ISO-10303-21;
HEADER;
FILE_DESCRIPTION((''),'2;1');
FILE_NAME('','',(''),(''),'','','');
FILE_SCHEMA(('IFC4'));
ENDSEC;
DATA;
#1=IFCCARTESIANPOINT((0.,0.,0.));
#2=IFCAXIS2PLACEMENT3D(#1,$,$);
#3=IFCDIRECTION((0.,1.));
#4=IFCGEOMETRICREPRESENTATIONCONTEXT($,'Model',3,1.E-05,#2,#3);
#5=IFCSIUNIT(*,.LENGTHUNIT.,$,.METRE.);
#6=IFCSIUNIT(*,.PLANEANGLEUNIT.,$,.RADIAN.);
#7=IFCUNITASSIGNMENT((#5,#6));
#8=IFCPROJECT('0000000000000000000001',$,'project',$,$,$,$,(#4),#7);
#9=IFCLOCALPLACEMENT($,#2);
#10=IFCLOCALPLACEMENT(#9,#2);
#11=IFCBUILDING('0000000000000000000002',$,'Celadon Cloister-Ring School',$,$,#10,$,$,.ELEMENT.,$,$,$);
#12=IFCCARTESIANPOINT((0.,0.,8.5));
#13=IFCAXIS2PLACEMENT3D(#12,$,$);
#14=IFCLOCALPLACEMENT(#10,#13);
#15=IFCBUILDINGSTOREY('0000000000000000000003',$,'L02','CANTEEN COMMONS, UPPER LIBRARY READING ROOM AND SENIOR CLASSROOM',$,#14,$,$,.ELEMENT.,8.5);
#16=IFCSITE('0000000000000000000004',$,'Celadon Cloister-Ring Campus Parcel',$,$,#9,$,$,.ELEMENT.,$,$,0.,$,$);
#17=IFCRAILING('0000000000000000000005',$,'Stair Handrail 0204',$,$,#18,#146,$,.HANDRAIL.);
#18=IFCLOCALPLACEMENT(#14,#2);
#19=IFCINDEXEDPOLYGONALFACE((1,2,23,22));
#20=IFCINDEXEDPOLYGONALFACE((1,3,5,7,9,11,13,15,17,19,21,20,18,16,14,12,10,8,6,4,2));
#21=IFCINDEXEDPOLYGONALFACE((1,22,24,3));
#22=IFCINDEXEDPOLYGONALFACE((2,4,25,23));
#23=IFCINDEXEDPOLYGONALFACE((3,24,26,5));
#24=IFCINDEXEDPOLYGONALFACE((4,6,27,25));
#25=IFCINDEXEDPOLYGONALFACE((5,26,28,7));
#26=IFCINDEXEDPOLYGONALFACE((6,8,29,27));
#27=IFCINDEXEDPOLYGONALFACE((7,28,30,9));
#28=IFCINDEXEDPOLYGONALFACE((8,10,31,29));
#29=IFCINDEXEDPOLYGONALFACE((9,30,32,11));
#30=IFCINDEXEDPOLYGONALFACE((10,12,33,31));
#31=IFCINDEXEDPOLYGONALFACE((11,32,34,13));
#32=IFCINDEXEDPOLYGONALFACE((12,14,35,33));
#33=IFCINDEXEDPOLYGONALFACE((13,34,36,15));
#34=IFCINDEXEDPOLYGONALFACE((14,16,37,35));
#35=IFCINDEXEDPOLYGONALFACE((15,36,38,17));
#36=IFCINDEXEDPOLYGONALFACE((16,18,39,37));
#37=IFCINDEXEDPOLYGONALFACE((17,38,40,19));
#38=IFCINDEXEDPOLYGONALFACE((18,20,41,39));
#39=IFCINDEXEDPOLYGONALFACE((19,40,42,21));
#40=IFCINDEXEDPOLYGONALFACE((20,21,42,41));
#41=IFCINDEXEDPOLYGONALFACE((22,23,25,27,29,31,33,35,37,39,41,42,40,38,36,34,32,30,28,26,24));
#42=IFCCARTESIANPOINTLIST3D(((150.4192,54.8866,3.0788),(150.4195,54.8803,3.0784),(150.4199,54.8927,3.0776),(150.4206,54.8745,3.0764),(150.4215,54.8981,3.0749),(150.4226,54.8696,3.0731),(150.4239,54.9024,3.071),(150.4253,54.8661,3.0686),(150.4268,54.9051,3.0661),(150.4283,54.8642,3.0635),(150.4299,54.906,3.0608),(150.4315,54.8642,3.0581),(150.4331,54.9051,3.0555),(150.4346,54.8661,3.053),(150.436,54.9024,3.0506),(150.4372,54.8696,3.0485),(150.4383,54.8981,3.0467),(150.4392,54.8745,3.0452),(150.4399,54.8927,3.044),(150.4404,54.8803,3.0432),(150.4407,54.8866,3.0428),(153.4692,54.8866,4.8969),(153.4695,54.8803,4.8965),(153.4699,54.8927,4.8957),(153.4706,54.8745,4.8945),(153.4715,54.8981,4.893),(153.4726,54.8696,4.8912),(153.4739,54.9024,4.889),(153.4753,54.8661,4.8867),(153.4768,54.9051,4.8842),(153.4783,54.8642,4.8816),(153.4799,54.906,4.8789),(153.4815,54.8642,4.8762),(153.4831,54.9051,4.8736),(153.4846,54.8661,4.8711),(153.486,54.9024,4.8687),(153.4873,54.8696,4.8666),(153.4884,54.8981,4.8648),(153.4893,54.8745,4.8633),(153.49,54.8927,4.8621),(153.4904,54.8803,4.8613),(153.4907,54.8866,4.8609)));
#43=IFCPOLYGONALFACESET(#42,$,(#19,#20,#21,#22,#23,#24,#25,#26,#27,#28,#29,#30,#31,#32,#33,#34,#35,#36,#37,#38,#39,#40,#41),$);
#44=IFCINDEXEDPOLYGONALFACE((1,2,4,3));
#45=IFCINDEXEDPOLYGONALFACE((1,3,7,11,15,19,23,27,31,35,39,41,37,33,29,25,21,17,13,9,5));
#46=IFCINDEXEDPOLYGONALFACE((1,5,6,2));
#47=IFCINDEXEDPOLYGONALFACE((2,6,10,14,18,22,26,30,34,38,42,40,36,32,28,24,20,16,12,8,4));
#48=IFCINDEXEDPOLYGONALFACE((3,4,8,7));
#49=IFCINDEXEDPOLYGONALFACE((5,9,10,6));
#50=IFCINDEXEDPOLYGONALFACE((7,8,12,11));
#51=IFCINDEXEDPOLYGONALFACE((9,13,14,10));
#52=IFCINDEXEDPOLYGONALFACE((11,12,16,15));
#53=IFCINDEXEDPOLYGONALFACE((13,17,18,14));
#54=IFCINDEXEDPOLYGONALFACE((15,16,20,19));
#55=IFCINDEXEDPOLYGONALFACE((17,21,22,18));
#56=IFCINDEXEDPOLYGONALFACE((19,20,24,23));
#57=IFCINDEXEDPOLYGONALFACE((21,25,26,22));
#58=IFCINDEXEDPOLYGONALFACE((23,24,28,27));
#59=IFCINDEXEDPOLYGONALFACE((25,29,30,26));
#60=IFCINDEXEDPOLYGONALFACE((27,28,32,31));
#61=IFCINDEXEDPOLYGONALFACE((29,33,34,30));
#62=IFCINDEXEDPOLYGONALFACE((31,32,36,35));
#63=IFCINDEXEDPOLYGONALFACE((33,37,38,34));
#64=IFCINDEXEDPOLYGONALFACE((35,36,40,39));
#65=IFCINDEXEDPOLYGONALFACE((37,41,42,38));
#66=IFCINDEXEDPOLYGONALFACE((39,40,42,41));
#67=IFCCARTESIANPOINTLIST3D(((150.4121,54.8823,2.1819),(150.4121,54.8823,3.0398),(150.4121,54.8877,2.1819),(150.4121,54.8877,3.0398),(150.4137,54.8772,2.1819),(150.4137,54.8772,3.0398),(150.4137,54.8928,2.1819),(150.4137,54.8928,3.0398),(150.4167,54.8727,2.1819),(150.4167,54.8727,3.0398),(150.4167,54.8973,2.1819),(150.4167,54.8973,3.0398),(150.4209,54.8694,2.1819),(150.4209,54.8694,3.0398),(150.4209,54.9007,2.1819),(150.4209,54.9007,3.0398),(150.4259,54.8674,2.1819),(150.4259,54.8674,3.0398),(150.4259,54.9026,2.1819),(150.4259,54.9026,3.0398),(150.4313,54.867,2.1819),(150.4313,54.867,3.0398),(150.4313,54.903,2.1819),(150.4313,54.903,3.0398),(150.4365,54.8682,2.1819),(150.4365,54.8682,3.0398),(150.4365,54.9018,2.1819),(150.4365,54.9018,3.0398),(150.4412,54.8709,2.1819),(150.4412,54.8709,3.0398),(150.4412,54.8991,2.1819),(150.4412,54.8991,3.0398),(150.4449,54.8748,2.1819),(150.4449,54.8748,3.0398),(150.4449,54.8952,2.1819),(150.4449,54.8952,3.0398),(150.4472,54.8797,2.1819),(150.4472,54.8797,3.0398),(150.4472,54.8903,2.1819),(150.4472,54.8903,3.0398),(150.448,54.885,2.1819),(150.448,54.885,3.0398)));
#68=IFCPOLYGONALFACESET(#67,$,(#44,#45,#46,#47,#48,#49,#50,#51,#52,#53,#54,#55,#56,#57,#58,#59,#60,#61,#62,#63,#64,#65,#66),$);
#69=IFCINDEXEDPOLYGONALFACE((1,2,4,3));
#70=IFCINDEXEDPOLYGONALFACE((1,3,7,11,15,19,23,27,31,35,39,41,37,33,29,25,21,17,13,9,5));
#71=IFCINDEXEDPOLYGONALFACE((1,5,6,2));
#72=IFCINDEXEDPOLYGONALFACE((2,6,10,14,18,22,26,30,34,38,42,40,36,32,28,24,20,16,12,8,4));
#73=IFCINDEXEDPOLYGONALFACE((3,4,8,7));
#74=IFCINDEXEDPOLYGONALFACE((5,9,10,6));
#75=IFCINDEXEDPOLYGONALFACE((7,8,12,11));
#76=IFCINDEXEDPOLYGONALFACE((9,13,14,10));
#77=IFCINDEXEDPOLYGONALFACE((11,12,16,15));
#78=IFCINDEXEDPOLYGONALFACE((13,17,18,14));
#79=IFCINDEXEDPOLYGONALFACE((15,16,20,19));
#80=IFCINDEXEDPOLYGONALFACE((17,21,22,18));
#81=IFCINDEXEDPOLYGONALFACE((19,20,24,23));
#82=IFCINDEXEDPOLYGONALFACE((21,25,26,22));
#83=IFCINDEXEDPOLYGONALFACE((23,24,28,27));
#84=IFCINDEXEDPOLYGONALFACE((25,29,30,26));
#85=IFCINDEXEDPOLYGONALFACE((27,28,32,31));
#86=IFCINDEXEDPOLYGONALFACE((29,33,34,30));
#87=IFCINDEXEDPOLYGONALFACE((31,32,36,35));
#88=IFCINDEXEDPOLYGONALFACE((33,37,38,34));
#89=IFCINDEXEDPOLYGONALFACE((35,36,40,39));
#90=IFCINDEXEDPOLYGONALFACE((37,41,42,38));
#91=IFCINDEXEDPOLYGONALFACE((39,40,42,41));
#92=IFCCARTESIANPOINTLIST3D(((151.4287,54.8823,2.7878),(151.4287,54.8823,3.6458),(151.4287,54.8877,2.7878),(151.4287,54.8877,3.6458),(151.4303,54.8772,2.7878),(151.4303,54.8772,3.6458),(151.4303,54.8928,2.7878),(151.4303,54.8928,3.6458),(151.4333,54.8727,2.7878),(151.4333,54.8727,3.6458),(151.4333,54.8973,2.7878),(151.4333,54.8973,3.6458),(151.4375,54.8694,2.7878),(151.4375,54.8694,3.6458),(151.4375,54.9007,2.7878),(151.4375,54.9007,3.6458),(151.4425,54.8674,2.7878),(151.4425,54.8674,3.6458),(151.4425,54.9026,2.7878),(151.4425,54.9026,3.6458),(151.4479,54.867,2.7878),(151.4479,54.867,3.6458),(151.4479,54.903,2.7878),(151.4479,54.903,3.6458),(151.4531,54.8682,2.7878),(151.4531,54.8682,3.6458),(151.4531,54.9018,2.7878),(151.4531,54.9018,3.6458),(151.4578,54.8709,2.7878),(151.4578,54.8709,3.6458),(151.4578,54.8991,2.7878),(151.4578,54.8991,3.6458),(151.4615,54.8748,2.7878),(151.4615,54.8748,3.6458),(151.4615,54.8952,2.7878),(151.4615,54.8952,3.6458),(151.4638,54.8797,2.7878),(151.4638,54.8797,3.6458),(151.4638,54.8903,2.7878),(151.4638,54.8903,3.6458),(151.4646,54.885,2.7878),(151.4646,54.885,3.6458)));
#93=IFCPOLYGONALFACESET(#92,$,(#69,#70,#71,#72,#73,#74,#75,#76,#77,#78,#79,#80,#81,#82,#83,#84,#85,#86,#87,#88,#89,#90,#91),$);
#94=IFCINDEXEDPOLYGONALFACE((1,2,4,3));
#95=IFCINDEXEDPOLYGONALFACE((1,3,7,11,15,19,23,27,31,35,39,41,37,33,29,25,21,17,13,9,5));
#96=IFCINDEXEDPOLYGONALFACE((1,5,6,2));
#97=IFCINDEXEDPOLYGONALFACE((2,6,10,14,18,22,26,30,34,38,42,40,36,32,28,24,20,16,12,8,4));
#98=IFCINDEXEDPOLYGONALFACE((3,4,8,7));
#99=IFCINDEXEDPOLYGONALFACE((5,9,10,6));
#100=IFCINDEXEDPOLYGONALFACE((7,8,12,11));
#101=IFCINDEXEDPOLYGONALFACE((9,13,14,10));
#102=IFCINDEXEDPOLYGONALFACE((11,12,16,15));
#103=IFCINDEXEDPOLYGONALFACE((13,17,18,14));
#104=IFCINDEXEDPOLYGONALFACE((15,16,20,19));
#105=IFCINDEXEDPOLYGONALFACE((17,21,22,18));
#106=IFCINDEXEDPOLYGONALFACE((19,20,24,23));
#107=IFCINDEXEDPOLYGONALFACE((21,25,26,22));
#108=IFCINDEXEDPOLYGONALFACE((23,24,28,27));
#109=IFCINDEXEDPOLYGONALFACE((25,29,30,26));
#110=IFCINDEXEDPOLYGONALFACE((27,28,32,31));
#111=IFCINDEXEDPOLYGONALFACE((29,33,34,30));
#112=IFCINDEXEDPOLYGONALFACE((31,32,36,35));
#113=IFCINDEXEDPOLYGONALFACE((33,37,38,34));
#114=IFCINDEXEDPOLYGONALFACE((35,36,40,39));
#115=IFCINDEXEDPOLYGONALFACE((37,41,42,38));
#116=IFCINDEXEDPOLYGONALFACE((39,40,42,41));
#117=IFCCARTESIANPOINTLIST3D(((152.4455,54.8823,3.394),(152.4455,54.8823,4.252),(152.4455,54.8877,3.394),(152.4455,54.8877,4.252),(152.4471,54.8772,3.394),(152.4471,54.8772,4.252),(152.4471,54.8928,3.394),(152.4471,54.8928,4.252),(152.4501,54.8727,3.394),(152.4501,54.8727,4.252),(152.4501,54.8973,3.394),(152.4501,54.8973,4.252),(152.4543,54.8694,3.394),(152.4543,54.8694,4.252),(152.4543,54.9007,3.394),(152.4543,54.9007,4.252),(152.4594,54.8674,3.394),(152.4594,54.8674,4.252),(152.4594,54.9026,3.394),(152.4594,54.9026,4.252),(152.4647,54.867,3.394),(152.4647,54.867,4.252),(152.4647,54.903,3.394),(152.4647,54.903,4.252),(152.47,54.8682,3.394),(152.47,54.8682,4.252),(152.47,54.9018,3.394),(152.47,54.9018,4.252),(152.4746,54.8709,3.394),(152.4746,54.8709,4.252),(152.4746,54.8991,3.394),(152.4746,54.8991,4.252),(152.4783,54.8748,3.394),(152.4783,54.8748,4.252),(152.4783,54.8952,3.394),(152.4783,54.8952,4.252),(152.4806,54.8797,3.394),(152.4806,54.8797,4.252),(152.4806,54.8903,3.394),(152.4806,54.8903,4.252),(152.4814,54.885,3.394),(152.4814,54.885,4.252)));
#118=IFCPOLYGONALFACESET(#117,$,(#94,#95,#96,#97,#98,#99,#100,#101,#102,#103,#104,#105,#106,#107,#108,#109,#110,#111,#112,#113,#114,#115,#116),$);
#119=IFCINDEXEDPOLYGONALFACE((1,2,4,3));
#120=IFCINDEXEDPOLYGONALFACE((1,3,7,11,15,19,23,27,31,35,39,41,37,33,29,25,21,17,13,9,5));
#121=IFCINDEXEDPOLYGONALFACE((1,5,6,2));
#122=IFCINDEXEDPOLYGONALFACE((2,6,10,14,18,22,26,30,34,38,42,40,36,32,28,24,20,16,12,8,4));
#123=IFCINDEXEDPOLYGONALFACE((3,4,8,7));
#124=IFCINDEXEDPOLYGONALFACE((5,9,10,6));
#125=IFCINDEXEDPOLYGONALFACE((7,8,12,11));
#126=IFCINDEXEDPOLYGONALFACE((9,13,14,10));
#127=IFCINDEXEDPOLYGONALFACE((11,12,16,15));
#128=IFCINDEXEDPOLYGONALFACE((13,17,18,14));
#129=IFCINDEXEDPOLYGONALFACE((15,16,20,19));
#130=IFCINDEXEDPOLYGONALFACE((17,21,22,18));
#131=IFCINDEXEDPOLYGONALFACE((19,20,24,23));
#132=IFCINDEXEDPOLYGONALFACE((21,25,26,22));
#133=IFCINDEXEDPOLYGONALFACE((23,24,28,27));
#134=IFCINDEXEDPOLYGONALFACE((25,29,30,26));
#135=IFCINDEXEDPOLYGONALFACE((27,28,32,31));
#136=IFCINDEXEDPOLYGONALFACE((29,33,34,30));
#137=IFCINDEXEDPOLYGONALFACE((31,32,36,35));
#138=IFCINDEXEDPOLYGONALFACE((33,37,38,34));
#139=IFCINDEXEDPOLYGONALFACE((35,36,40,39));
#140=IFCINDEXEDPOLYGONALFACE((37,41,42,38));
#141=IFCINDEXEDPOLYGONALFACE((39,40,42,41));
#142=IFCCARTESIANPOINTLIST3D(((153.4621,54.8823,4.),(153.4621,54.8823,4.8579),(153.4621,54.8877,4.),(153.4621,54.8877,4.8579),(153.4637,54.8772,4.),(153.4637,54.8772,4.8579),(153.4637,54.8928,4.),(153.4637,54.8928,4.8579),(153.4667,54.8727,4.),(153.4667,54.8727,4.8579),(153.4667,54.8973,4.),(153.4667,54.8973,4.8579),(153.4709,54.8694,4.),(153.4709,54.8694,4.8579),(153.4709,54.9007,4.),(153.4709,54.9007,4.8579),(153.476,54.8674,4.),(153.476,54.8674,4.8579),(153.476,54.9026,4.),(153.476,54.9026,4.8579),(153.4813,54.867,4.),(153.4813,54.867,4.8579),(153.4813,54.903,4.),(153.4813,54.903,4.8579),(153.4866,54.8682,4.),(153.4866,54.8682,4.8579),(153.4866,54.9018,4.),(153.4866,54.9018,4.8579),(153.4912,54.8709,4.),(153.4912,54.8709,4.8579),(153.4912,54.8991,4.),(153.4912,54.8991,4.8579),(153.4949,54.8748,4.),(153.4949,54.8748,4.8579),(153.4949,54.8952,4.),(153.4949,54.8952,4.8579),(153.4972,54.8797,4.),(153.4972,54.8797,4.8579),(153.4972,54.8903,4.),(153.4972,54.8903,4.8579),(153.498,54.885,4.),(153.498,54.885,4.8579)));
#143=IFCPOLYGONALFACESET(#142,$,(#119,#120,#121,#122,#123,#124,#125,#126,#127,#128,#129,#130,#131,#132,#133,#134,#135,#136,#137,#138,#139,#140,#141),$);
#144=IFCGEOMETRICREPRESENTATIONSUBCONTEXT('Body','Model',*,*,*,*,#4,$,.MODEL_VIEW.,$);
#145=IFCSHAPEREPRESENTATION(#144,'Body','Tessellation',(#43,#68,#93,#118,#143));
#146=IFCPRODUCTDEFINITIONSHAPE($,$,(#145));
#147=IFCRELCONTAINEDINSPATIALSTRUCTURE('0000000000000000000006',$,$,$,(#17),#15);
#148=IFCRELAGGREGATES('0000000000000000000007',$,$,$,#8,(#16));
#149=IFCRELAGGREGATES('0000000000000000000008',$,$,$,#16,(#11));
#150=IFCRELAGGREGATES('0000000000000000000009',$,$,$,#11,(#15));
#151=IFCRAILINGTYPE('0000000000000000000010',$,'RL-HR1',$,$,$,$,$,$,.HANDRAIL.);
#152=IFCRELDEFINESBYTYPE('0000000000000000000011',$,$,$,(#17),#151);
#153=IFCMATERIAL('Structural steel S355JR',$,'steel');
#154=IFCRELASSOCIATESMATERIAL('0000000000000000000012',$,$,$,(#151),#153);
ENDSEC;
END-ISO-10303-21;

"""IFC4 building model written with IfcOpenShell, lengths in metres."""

from ifc_helpers import new_model, si_unit, direction, frame, origin, origin_2d, place, context, subcontext, project, spatial, circle, extrude, material, type_object, element, save


model = new_model("IFC4")

# Units and contexts
model_context = context("Model", 3, precision=1e-05, world=origin(), true_north=direction((0.0, 1.0)))
body_context = subcontext(model_context, "Body", "Model", "MODEL_VIEW")
ifc_project = project(units=[si_unit("LENGTHUNIT", "METRE"), si_unit("PLANEANGLEUNIT", "RADIAN")], contexts=[model_context])

# Site, building, storey
site_placement = place(None, origin())
site = spatial("IfcSite", under=ifc_project, at=site_placement, Name="Celadon Cloister-Ring Campus Parcel", CompositionType="ELEMENT", RefElevation=0.0)
building_placement = place(site_placement, origin())
building = spatial("IfcBuilding", under=site, at=building_placement, Name="Celadon Cloister-Ring School", CompositionType="ELEMENT")
storey_placement = place(building_placement, frame((0.0, 0.0, 8.5)))
storey = spatial("IfcBuildingStorey", under=building, at=storey_placement, Name="L02", Description="CANTEEN COMMONS, UPPER LIBRARY READING ROOM AND SENIOR CLASSROOM", CompositionType="ELEMENT", Elevation=8.5)

# Railing
ifc_material_1 = material(Name="Structural steel S355JR", Category="steel")
railing_type_1 = type_object("IfcRailingType", Name="RL-HR1", PredefinedType="HANDRAIL", material=ifc_material_1)
for number, where, name in (
    (1, (150.4299, 54.885, 2.1819), "Stair Handrail 0204"),
):
    element("IfcRailing", number, at=place(storey_placement, frame(where)), inside=storey, type_object=railing_type_1, Name=name, PredefinedType="HANDRAIL", context=body_context, shape_type="SweptSolid", body=[
        extrude(circle(Radius=0.021, at=origin_2d()), frame((0.0, 0.0, 0.8789), z_axis=(0.85897, 0.0, 0.512026), x_axis=(0.0, 1.0, 0.0)), (0.0, 0.0, 1.0), 3.5508),
        extrude(circle(Radius=0.0181, at=origin_2d()), origin(), (0.0, 0.0, 1.0), 0.8579),
        extrude(circle(Radius=0.0181, at=origin_2d()), frame((1.0166, 0.0, 0.606)), (0.0, 0.0, 1.0), 0.8579),
        extrude(circle(Radius=0.0181, at=origin_2d()), frame((2.0334, 0.0, 1.2122)), (0.0, 0.0, 1.0), 0.8579),
        extrude(circle(Radius=0.0181, at=origin_2d()), frame((3.05, 0.0, 1.8181)), (0.0, 0.0, 1.0), 0.8579),
    ])

save(model, "model.ifc")
